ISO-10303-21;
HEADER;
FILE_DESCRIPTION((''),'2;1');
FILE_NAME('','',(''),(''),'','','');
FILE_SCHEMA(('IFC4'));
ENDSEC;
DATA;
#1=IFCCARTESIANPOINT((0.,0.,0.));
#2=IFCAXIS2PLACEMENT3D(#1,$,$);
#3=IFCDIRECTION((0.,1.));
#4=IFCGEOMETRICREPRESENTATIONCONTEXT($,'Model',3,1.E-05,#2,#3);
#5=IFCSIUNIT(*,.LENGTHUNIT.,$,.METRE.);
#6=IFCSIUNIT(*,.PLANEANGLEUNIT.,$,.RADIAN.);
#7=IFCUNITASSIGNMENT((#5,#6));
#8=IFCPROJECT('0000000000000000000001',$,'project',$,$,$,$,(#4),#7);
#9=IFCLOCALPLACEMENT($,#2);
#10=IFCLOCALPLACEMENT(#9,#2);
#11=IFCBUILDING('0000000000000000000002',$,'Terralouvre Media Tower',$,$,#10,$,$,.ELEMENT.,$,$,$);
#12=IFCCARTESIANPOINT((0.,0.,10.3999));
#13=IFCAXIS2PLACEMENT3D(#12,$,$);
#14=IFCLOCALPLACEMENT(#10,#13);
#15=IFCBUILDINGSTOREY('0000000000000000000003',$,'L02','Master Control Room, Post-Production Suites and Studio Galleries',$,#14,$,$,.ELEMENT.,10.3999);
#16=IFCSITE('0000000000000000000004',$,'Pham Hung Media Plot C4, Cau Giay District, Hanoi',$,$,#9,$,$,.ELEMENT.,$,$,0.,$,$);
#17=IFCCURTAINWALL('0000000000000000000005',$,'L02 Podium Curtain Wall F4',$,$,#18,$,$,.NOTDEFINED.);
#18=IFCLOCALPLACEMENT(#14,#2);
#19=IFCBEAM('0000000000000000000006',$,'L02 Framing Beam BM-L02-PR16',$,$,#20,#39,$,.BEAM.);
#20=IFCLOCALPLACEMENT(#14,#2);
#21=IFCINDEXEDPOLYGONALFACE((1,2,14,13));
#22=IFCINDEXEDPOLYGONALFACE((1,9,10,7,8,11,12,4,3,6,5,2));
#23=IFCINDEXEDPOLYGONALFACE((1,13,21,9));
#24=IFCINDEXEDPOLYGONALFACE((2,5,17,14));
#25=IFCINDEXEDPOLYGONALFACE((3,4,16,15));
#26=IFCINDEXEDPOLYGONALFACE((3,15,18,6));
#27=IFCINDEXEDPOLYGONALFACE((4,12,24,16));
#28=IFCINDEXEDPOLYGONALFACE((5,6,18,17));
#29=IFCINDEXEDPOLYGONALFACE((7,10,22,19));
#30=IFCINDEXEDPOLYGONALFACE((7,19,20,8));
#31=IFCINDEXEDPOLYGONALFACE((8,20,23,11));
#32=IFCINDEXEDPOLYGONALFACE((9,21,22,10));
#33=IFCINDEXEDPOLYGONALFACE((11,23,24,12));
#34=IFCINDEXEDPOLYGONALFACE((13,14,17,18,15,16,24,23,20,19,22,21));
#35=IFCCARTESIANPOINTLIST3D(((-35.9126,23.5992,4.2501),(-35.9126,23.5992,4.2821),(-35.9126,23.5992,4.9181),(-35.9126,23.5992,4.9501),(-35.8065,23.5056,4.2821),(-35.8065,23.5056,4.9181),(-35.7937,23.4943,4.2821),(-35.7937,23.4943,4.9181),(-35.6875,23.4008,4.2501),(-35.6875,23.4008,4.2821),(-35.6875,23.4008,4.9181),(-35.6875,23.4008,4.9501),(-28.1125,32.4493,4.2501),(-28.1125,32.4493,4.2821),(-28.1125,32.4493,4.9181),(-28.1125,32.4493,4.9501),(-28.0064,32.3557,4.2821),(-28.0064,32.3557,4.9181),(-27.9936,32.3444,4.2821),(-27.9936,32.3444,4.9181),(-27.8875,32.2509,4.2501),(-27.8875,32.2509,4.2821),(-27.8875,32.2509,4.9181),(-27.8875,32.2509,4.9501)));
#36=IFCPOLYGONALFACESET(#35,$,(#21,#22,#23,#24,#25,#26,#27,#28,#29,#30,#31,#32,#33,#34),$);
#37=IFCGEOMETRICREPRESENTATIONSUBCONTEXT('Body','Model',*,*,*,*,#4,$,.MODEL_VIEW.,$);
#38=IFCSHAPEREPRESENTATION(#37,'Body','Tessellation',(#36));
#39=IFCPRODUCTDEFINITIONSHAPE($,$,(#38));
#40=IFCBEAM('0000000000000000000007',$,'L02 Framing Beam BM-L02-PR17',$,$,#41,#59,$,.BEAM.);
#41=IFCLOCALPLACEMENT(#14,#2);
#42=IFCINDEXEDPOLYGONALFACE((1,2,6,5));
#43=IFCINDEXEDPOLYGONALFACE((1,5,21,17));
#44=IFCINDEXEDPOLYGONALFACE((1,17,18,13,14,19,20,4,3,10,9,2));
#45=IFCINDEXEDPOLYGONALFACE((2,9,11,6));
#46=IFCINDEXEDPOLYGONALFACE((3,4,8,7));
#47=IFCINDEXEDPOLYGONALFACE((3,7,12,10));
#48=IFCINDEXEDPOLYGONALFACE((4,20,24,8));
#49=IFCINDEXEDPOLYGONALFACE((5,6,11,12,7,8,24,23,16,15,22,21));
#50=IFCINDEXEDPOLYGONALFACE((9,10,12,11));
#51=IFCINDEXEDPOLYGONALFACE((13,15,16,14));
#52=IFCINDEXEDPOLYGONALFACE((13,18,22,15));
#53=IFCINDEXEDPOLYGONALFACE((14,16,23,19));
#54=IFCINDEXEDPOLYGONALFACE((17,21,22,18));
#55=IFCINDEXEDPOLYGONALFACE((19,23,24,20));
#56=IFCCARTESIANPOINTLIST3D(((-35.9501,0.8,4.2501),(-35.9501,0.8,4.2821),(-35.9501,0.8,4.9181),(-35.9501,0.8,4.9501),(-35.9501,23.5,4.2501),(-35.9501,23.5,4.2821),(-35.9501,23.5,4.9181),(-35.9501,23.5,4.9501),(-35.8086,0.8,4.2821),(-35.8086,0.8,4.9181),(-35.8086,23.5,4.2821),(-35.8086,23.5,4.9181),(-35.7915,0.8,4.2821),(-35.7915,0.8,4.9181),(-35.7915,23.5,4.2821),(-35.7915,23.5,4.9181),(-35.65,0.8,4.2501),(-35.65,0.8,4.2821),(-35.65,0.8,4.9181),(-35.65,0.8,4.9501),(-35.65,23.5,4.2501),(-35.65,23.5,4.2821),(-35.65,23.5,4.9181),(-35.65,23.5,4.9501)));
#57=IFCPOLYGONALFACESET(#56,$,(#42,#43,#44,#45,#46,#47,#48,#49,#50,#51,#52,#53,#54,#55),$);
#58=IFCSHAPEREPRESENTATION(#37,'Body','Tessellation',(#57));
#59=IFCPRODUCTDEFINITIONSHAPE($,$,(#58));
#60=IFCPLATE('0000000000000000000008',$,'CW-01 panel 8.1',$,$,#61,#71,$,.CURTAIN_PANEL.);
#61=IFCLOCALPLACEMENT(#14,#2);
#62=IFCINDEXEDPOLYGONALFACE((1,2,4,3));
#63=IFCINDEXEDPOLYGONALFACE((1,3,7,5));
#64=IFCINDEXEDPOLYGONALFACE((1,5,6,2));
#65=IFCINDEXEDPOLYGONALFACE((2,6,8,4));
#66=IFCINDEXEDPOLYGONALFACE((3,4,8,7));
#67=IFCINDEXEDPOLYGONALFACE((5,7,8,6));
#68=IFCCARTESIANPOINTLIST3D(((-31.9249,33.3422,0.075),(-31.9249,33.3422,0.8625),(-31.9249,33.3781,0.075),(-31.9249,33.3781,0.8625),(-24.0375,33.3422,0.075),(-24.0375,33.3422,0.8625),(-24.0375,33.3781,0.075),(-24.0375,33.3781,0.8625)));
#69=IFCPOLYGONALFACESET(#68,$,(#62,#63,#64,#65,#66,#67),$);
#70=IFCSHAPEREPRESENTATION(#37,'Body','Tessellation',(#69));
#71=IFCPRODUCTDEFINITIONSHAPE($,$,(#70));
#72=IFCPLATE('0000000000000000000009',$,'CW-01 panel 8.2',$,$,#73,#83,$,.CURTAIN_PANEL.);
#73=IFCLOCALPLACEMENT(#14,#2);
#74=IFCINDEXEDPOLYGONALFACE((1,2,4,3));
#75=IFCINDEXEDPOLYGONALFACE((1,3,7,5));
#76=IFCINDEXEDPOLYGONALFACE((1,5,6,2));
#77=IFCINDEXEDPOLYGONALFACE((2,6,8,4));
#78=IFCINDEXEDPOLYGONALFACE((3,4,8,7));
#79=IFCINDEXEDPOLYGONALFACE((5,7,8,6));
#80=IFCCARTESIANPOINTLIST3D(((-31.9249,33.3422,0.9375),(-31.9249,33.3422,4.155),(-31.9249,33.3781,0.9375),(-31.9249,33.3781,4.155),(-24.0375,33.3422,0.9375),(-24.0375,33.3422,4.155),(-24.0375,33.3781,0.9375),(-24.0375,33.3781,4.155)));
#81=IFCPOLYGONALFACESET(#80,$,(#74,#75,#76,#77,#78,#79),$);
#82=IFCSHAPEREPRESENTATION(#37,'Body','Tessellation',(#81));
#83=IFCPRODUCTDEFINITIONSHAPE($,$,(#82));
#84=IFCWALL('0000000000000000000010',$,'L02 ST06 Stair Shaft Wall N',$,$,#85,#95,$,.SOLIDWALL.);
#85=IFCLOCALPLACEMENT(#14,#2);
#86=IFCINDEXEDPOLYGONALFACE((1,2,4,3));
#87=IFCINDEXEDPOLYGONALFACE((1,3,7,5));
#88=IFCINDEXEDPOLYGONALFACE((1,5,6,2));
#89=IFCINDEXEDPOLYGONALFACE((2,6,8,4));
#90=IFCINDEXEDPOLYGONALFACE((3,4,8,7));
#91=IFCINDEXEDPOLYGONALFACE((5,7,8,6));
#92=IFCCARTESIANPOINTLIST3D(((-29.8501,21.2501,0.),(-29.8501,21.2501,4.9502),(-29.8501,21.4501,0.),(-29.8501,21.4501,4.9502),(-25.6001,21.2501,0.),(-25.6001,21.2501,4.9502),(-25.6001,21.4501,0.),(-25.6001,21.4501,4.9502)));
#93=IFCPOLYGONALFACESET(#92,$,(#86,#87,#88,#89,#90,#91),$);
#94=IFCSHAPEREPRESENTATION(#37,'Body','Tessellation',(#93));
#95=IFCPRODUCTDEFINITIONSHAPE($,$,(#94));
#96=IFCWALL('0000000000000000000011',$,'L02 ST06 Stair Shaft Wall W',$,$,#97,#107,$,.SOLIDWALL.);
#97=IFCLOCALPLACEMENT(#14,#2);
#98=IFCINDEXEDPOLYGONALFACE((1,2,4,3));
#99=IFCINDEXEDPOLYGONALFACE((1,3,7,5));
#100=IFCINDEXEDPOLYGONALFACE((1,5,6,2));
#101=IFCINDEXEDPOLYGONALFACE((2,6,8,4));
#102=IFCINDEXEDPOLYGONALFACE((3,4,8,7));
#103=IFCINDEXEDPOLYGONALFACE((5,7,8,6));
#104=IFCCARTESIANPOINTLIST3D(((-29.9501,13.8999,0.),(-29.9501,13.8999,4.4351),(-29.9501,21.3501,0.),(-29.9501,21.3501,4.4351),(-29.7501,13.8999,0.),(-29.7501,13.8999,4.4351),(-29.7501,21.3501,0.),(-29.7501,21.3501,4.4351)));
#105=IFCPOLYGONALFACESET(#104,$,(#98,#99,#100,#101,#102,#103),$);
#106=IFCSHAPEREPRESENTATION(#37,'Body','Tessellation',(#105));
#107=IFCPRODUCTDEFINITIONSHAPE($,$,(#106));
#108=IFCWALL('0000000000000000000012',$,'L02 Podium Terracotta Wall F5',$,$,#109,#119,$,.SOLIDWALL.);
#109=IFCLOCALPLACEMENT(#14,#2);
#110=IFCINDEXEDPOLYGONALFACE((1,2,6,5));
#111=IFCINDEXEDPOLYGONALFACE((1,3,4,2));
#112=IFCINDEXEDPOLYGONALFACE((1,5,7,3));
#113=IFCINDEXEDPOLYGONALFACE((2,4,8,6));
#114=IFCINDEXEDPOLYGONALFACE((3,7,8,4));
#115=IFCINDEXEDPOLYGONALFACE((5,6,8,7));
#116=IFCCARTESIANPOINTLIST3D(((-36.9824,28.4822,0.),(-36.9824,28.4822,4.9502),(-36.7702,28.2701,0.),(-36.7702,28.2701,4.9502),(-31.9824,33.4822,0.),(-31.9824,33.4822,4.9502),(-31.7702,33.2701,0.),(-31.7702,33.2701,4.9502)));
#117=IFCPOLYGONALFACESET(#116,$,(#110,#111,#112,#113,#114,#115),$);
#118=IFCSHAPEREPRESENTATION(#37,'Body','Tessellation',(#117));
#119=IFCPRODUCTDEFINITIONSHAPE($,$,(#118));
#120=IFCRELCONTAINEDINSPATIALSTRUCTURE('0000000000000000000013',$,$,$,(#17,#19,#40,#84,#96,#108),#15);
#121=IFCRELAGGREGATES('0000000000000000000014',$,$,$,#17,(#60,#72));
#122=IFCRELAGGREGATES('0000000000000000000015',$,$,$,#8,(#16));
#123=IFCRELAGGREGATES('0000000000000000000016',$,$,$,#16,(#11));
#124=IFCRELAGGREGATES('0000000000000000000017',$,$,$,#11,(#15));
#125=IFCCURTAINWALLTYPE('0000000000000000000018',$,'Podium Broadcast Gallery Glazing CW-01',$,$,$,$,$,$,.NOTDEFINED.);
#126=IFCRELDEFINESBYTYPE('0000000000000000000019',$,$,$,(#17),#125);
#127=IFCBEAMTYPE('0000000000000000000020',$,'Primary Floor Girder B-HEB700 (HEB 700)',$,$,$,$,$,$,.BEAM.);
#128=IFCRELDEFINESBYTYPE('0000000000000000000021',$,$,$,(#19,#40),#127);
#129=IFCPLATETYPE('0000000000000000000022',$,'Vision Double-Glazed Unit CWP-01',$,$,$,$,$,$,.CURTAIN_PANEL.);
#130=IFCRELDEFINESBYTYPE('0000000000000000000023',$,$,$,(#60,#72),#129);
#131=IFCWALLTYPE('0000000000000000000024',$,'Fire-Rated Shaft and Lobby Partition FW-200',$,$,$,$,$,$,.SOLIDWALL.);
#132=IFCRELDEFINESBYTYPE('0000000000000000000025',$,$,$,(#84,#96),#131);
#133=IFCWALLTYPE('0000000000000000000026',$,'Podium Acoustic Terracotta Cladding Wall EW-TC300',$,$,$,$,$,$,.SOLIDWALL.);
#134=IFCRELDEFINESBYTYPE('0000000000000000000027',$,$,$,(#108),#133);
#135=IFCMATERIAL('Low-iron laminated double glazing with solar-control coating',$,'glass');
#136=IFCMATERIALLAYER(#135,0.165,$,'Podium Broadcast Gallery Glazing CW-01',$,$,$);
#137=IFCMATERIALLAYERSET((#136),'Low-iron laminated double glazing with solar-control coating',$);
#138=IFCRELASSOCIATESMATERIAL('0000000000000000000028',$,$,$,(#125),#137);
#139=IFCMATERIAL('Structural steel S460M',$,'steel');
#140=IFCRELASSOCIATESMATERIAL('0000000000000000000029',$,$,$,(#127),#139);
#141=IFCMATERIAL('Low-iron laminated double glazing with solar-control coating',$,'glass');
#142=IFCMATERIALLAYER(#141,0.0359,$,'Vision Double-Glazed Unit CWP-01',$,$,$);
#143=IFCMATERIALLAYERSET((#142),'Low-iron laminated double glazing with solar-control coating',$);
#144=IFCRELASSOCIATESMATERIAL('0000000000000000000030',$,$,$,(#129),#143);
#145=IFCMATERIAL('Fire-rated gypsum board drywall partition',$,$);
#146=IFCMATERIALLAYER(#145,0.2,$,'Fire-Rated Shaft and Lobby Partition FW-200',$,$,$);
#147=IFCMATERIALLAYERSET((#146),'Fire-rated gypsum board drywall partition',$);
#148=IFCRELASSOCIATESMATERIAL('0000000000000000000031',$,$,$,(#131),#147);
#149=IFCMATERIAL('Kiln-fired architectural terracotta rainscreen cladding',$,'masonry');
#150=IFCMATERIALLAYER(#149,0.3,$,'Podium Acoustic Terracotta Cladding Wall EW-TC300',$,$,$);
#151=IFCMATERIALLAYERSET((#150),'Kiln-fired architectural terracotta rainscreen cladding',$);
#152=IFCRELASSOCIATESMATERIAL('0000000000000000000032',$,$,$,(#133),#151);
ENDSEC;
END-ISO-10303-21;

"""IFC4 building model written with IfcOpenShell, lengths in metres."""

from ifc_helpers import new_model, si_unit, direction, frame, frame_2d, origin, origin_2d, place, context, subcontext, project, spatial, rectangle, i_section, extrude, material, layer, layer_set, material_profile, profile_set, type_object, element, aggregate, save


model = new_model("IFC4")

# Units and contexts
model_context = context("Model", 3, precision=1e-05, world=origin(), true_north=direction((0.0, 1.0)))
body_context = subcontext(model_context, "Body", "Model", "MODEL_VIEW")
ifc_project = project(units=[si_unit("LENGTHUNIT", "METRE"), si_unit("PLANEANGLEUNIT", "RADIAN")], contexts=[model_context])

# Site, building, storey
site_placement = place(None, origin())
site = spatial("IfcSite", under=ifc_project, at=site_placement, Name="Pham Hung Media Plot C4, Cau Giay District, Hanoi", CompositionType="ELEMENT", RefElevation=0.0)
building_placement = place(site_placement, origin())
building = spatial("IfcBuilding", under=site, at=building_placement, Name="Terralouvre Media Tower", CompositionType="ELEMENT")
storey_placement = place(building_placement, frame((0.0, 0.0, 10.3999)))
storey = spatial("IfcBuildingStorey", under=building, at=storey_placement, Name="L02", Description="Master Control Room, Post-Production Suites and Studio Galleries", CompositionType="ELEMENT", Elevation=10.3999)

# Curtain wall
ifc_material_1 = material(Name="Low-iron laminated double glazing with solar-control coating", Category="glass")
ifc_layer_1 = layer(ifc_material_1, 0.165, Name="Podium Broadcast Gallery Glazing CW-01")
ifc_layer_set_1 = layer_set([ifc_layer_1], Name="Low-iron laminated double glazing with solar-control coating")
curtain_wall_type = type_object("IfcCurtainWallType", Name="Podium Broadcast Gallery Glazing CW-01", PredefinedType="NOTDEFINED", material=ifc_layer_set_1)
curtain_wall_placement = place(storey_placement, origin())
curtain_wall = element("IfcCurtainWall", 1, at=curtain_wall_placement, inside=storey, type_object=curtain_wall_type, Name="L02 Podium Curtain Wall F4", PredefinedType="NOTDEFINED")

# Beams
ifc_material_2 = material(Name="Structural steel S460M", Category="steel")
ifc_material_profile_1 = material_profile(ifc_material_2, i_section(OverallWidth=0.3, OverallDepth=0.7, WebThickness=0.0171, FlangeThickness=0.032, at=origin_2d()), Name="HEB 700")
ifc_profile_set_1 = profile_set([ifc_material_profile_1], Name="Structural steel S460M")
beam_type_1 = type_object("IfcBeamType", Name="Primary Floor Girder B-HEB700 (HEB 700)", PredefinedType="BEAM", material=ifc_profile_set_1)
beam_1_placement = place(storey_placement, frame((-28.0, 32.3501, 4.6001), z_axis=(-0.661199, -0.75021, 0.0), x_axis=(0.75021, -0.661199, 0.0)))
element("IfcBeam", 2, at=beam_1_placement, inside=storey, type_object=beam_type_1, Name="L02 Framing Beam BM-L02-PR16", PredefinedType="BEAM", context=body_context, shape_type="SweptSolid", body=[
    extrude(i_section(OverallWidth=0.3, OverallDepth=0.7, WebThickness=0.0171, FlangeThickness=0.032, at=origin_2d()), origin(), (0.0, 0.0, 1.0), 11.7969),
])
beam_2_placement = place(storey_placement, frame((-35.8, 23.5, 4.6001), z_axis=(0.0, -1.0, 0.0), x_axis=(1.0, 0.0, 0.0)))
element("IfcBeam", 3, at=beam_2_placement, inside=storey, type_object=beam_type_1, Name="L02 Framing Beam BM-L02-PR17", PredefinedType="BEAM", context=body_context, shape_type="SweptSolid", body=[
    extrude(i_section(OverallWidth=0.3, OverallDepth=0.7, WebThickness=0.0171, FlangeThickness=0.032, at=origin_2d()), origin(), (0.0, 0.0, 1.0), 22.7),
])

# Plates
ifc_material_3 = material(Name="Low-iron laminated double glazing with solar-control coating", Category="glass")
ifc_layer_2 = layer(ifc_material_3, 0.0359, Name="Vision Double-Glazed Unit CWP-01")
ifc_layer_set_2 = layer_set([ifc_layer_2], Name="Low-iron laminated double glazing with solar-control coating")
plate_type = type_object("IfcPlateType", Name="Vision Double-Glazed Unit CWP-01", PredefinedType="CURTAIN_PANEL", material=ifc_layer_set_2)
plate_1_placement = place(storey_placement, frame((-27.9812, 33.3601, 0.075), z_axis=(0.0, 0.0, 1.0), x_axis=(-1.0, 0.0, 0.0)))
plate_1 = element("IfcPlate", 4, at=plate_1_placement, type_object=plate_type, Name="CW-01 panel 8.1", PredefinedType="CURTAIN_PANEL", context=body_context, shape_type="SweptSolid", body=[
    extrude(rectangle(XDim=7.8875, YDim=0.0359, at=origin_2d()), origin(), (0.0, 0.0, 1.0), 0.7876),
])
plate_2_placement = place(storey_placement, frame((-27.9812, 33.3601, 0.9375), z_axis=(0.0, 0.0, 1.0), x_axis=(-1.0, 0.0, 0.0)))
plate_2 = element("IfcPlate", 5, at=plate_2_placement, type_object=plate_type, Name="CW-01 panel 8.2", PredefinedType="CURTAIN_PANEL", context=body_context, shape_type="SweptSolid", body=[
    extrude(rectangle(XDim=7.8875, YDim=0.0359, at=origin_2d()), origin(), (0.0, 0.0, 1.0), 3.2175),
])
aggregate(curtain_wall, [plate_1, plate_2])

# Walls
ifc_material_4 = material(Name="Fire-rated gypsum board drywall partition")
ifc_layer_3 = layer(ifc_material_4, 0.2, Name="Fire-Rated Shaft and Lobby Partition FW-200")
ifc_layer_set_3 = layer_set([ifc_layer_3], Name="Fire-rated gypsum board drywall partition")
wall_type_1 = type_object("IfcWallType", Name="Fire-Rated Shaft and Lobby Partition FW-200", PredefinedType="SOLIDWALL", material=ifc_layer_set_3)
wall_1_placement = place(storey_placement, frame((-25.6001, 21.3501, 0.0), z_axis=(0.0, 0.0, 1.0), x_axis=(-1.0, 0.0, 0.0)))
element("IfcWall", 6, at=wall_1_placement, inside=storey, type_object=wall_type_1, Name="L02 ST06 Stair Shaft Wall N", PredefinedType="SOLIDWALL", context=body_context, shape_type="SweptSolid", body=[
    extrude(rectangle(XDim=4.25, YDim=0.2, at=frame_2d((2.125, 0.0))), origin(), (0.0, 0.0, 1.0), 4.9502),
])
wall_2_placement = place(storey_placement, frame((-29.8501, 21.3501, 0.0), z_axis=(0.0, 0.0, 1.0), x_axis=(0.0, -1.0, 0.0)))
element("IfcWall", 7, at=wall_2_placement, inside=storey, type_object=wall_type_1, Name="L02 ST06 Stair Shaft Wall W", PredefinedType="SOLIDWALL", context=body_context, shape_type="SweptSolid", body=[
    extrude(rectangle(XDim=7.4502, YDim=0.2, at=frame_2d((3.7251, 0.0))), origin(), (0.0, 0.0, 1.0), 4.4351),
])
ifc_material_5 = material(Name="Kiln-fired architectural terracotta rainscreen cladding", Category="masonry")
ifc_layer_4 = layer(ifc_material_5, 0.3, Name="Podium Acoustic Terracotta Cladding Wall EW-TC300")
ifc_layer_set_4 = layer_set([ifc_layer_4], Name="Kiln-fired architectural terracotta rainscreen cladding")
wall_type_2 = type_object("IfcWallType", Name="Podium Acoustic Terracotta Cladding Wall EW-TC300", PredefinedType="SOLIDWALL", material=ifc_layer_set_4)
wall_3_placement = place(storey_placement, frame((-31.8762, 33.3762, 0.0), z_axis=(0.0, 0.0, 1.0), x_axis=(-0.707107, -0.707107, 0.0)))
element("IfcWall", 8, at=wall_3_placement, inside=storey, type_object=wall_type_2, Name="L02 Podium Terracotta Wall F5", PredefinedType="SOLIDWALL", context=body_context, shape_type="SweptSolid", body=[
    extrude(rectangle(XDim=7.071, YDim=0.3, at=frame_2d((3.5356, 0.0))), origin(), (0.0, 0.0, 1.0), 4.9502),
])

save(model, "model.ifc")
